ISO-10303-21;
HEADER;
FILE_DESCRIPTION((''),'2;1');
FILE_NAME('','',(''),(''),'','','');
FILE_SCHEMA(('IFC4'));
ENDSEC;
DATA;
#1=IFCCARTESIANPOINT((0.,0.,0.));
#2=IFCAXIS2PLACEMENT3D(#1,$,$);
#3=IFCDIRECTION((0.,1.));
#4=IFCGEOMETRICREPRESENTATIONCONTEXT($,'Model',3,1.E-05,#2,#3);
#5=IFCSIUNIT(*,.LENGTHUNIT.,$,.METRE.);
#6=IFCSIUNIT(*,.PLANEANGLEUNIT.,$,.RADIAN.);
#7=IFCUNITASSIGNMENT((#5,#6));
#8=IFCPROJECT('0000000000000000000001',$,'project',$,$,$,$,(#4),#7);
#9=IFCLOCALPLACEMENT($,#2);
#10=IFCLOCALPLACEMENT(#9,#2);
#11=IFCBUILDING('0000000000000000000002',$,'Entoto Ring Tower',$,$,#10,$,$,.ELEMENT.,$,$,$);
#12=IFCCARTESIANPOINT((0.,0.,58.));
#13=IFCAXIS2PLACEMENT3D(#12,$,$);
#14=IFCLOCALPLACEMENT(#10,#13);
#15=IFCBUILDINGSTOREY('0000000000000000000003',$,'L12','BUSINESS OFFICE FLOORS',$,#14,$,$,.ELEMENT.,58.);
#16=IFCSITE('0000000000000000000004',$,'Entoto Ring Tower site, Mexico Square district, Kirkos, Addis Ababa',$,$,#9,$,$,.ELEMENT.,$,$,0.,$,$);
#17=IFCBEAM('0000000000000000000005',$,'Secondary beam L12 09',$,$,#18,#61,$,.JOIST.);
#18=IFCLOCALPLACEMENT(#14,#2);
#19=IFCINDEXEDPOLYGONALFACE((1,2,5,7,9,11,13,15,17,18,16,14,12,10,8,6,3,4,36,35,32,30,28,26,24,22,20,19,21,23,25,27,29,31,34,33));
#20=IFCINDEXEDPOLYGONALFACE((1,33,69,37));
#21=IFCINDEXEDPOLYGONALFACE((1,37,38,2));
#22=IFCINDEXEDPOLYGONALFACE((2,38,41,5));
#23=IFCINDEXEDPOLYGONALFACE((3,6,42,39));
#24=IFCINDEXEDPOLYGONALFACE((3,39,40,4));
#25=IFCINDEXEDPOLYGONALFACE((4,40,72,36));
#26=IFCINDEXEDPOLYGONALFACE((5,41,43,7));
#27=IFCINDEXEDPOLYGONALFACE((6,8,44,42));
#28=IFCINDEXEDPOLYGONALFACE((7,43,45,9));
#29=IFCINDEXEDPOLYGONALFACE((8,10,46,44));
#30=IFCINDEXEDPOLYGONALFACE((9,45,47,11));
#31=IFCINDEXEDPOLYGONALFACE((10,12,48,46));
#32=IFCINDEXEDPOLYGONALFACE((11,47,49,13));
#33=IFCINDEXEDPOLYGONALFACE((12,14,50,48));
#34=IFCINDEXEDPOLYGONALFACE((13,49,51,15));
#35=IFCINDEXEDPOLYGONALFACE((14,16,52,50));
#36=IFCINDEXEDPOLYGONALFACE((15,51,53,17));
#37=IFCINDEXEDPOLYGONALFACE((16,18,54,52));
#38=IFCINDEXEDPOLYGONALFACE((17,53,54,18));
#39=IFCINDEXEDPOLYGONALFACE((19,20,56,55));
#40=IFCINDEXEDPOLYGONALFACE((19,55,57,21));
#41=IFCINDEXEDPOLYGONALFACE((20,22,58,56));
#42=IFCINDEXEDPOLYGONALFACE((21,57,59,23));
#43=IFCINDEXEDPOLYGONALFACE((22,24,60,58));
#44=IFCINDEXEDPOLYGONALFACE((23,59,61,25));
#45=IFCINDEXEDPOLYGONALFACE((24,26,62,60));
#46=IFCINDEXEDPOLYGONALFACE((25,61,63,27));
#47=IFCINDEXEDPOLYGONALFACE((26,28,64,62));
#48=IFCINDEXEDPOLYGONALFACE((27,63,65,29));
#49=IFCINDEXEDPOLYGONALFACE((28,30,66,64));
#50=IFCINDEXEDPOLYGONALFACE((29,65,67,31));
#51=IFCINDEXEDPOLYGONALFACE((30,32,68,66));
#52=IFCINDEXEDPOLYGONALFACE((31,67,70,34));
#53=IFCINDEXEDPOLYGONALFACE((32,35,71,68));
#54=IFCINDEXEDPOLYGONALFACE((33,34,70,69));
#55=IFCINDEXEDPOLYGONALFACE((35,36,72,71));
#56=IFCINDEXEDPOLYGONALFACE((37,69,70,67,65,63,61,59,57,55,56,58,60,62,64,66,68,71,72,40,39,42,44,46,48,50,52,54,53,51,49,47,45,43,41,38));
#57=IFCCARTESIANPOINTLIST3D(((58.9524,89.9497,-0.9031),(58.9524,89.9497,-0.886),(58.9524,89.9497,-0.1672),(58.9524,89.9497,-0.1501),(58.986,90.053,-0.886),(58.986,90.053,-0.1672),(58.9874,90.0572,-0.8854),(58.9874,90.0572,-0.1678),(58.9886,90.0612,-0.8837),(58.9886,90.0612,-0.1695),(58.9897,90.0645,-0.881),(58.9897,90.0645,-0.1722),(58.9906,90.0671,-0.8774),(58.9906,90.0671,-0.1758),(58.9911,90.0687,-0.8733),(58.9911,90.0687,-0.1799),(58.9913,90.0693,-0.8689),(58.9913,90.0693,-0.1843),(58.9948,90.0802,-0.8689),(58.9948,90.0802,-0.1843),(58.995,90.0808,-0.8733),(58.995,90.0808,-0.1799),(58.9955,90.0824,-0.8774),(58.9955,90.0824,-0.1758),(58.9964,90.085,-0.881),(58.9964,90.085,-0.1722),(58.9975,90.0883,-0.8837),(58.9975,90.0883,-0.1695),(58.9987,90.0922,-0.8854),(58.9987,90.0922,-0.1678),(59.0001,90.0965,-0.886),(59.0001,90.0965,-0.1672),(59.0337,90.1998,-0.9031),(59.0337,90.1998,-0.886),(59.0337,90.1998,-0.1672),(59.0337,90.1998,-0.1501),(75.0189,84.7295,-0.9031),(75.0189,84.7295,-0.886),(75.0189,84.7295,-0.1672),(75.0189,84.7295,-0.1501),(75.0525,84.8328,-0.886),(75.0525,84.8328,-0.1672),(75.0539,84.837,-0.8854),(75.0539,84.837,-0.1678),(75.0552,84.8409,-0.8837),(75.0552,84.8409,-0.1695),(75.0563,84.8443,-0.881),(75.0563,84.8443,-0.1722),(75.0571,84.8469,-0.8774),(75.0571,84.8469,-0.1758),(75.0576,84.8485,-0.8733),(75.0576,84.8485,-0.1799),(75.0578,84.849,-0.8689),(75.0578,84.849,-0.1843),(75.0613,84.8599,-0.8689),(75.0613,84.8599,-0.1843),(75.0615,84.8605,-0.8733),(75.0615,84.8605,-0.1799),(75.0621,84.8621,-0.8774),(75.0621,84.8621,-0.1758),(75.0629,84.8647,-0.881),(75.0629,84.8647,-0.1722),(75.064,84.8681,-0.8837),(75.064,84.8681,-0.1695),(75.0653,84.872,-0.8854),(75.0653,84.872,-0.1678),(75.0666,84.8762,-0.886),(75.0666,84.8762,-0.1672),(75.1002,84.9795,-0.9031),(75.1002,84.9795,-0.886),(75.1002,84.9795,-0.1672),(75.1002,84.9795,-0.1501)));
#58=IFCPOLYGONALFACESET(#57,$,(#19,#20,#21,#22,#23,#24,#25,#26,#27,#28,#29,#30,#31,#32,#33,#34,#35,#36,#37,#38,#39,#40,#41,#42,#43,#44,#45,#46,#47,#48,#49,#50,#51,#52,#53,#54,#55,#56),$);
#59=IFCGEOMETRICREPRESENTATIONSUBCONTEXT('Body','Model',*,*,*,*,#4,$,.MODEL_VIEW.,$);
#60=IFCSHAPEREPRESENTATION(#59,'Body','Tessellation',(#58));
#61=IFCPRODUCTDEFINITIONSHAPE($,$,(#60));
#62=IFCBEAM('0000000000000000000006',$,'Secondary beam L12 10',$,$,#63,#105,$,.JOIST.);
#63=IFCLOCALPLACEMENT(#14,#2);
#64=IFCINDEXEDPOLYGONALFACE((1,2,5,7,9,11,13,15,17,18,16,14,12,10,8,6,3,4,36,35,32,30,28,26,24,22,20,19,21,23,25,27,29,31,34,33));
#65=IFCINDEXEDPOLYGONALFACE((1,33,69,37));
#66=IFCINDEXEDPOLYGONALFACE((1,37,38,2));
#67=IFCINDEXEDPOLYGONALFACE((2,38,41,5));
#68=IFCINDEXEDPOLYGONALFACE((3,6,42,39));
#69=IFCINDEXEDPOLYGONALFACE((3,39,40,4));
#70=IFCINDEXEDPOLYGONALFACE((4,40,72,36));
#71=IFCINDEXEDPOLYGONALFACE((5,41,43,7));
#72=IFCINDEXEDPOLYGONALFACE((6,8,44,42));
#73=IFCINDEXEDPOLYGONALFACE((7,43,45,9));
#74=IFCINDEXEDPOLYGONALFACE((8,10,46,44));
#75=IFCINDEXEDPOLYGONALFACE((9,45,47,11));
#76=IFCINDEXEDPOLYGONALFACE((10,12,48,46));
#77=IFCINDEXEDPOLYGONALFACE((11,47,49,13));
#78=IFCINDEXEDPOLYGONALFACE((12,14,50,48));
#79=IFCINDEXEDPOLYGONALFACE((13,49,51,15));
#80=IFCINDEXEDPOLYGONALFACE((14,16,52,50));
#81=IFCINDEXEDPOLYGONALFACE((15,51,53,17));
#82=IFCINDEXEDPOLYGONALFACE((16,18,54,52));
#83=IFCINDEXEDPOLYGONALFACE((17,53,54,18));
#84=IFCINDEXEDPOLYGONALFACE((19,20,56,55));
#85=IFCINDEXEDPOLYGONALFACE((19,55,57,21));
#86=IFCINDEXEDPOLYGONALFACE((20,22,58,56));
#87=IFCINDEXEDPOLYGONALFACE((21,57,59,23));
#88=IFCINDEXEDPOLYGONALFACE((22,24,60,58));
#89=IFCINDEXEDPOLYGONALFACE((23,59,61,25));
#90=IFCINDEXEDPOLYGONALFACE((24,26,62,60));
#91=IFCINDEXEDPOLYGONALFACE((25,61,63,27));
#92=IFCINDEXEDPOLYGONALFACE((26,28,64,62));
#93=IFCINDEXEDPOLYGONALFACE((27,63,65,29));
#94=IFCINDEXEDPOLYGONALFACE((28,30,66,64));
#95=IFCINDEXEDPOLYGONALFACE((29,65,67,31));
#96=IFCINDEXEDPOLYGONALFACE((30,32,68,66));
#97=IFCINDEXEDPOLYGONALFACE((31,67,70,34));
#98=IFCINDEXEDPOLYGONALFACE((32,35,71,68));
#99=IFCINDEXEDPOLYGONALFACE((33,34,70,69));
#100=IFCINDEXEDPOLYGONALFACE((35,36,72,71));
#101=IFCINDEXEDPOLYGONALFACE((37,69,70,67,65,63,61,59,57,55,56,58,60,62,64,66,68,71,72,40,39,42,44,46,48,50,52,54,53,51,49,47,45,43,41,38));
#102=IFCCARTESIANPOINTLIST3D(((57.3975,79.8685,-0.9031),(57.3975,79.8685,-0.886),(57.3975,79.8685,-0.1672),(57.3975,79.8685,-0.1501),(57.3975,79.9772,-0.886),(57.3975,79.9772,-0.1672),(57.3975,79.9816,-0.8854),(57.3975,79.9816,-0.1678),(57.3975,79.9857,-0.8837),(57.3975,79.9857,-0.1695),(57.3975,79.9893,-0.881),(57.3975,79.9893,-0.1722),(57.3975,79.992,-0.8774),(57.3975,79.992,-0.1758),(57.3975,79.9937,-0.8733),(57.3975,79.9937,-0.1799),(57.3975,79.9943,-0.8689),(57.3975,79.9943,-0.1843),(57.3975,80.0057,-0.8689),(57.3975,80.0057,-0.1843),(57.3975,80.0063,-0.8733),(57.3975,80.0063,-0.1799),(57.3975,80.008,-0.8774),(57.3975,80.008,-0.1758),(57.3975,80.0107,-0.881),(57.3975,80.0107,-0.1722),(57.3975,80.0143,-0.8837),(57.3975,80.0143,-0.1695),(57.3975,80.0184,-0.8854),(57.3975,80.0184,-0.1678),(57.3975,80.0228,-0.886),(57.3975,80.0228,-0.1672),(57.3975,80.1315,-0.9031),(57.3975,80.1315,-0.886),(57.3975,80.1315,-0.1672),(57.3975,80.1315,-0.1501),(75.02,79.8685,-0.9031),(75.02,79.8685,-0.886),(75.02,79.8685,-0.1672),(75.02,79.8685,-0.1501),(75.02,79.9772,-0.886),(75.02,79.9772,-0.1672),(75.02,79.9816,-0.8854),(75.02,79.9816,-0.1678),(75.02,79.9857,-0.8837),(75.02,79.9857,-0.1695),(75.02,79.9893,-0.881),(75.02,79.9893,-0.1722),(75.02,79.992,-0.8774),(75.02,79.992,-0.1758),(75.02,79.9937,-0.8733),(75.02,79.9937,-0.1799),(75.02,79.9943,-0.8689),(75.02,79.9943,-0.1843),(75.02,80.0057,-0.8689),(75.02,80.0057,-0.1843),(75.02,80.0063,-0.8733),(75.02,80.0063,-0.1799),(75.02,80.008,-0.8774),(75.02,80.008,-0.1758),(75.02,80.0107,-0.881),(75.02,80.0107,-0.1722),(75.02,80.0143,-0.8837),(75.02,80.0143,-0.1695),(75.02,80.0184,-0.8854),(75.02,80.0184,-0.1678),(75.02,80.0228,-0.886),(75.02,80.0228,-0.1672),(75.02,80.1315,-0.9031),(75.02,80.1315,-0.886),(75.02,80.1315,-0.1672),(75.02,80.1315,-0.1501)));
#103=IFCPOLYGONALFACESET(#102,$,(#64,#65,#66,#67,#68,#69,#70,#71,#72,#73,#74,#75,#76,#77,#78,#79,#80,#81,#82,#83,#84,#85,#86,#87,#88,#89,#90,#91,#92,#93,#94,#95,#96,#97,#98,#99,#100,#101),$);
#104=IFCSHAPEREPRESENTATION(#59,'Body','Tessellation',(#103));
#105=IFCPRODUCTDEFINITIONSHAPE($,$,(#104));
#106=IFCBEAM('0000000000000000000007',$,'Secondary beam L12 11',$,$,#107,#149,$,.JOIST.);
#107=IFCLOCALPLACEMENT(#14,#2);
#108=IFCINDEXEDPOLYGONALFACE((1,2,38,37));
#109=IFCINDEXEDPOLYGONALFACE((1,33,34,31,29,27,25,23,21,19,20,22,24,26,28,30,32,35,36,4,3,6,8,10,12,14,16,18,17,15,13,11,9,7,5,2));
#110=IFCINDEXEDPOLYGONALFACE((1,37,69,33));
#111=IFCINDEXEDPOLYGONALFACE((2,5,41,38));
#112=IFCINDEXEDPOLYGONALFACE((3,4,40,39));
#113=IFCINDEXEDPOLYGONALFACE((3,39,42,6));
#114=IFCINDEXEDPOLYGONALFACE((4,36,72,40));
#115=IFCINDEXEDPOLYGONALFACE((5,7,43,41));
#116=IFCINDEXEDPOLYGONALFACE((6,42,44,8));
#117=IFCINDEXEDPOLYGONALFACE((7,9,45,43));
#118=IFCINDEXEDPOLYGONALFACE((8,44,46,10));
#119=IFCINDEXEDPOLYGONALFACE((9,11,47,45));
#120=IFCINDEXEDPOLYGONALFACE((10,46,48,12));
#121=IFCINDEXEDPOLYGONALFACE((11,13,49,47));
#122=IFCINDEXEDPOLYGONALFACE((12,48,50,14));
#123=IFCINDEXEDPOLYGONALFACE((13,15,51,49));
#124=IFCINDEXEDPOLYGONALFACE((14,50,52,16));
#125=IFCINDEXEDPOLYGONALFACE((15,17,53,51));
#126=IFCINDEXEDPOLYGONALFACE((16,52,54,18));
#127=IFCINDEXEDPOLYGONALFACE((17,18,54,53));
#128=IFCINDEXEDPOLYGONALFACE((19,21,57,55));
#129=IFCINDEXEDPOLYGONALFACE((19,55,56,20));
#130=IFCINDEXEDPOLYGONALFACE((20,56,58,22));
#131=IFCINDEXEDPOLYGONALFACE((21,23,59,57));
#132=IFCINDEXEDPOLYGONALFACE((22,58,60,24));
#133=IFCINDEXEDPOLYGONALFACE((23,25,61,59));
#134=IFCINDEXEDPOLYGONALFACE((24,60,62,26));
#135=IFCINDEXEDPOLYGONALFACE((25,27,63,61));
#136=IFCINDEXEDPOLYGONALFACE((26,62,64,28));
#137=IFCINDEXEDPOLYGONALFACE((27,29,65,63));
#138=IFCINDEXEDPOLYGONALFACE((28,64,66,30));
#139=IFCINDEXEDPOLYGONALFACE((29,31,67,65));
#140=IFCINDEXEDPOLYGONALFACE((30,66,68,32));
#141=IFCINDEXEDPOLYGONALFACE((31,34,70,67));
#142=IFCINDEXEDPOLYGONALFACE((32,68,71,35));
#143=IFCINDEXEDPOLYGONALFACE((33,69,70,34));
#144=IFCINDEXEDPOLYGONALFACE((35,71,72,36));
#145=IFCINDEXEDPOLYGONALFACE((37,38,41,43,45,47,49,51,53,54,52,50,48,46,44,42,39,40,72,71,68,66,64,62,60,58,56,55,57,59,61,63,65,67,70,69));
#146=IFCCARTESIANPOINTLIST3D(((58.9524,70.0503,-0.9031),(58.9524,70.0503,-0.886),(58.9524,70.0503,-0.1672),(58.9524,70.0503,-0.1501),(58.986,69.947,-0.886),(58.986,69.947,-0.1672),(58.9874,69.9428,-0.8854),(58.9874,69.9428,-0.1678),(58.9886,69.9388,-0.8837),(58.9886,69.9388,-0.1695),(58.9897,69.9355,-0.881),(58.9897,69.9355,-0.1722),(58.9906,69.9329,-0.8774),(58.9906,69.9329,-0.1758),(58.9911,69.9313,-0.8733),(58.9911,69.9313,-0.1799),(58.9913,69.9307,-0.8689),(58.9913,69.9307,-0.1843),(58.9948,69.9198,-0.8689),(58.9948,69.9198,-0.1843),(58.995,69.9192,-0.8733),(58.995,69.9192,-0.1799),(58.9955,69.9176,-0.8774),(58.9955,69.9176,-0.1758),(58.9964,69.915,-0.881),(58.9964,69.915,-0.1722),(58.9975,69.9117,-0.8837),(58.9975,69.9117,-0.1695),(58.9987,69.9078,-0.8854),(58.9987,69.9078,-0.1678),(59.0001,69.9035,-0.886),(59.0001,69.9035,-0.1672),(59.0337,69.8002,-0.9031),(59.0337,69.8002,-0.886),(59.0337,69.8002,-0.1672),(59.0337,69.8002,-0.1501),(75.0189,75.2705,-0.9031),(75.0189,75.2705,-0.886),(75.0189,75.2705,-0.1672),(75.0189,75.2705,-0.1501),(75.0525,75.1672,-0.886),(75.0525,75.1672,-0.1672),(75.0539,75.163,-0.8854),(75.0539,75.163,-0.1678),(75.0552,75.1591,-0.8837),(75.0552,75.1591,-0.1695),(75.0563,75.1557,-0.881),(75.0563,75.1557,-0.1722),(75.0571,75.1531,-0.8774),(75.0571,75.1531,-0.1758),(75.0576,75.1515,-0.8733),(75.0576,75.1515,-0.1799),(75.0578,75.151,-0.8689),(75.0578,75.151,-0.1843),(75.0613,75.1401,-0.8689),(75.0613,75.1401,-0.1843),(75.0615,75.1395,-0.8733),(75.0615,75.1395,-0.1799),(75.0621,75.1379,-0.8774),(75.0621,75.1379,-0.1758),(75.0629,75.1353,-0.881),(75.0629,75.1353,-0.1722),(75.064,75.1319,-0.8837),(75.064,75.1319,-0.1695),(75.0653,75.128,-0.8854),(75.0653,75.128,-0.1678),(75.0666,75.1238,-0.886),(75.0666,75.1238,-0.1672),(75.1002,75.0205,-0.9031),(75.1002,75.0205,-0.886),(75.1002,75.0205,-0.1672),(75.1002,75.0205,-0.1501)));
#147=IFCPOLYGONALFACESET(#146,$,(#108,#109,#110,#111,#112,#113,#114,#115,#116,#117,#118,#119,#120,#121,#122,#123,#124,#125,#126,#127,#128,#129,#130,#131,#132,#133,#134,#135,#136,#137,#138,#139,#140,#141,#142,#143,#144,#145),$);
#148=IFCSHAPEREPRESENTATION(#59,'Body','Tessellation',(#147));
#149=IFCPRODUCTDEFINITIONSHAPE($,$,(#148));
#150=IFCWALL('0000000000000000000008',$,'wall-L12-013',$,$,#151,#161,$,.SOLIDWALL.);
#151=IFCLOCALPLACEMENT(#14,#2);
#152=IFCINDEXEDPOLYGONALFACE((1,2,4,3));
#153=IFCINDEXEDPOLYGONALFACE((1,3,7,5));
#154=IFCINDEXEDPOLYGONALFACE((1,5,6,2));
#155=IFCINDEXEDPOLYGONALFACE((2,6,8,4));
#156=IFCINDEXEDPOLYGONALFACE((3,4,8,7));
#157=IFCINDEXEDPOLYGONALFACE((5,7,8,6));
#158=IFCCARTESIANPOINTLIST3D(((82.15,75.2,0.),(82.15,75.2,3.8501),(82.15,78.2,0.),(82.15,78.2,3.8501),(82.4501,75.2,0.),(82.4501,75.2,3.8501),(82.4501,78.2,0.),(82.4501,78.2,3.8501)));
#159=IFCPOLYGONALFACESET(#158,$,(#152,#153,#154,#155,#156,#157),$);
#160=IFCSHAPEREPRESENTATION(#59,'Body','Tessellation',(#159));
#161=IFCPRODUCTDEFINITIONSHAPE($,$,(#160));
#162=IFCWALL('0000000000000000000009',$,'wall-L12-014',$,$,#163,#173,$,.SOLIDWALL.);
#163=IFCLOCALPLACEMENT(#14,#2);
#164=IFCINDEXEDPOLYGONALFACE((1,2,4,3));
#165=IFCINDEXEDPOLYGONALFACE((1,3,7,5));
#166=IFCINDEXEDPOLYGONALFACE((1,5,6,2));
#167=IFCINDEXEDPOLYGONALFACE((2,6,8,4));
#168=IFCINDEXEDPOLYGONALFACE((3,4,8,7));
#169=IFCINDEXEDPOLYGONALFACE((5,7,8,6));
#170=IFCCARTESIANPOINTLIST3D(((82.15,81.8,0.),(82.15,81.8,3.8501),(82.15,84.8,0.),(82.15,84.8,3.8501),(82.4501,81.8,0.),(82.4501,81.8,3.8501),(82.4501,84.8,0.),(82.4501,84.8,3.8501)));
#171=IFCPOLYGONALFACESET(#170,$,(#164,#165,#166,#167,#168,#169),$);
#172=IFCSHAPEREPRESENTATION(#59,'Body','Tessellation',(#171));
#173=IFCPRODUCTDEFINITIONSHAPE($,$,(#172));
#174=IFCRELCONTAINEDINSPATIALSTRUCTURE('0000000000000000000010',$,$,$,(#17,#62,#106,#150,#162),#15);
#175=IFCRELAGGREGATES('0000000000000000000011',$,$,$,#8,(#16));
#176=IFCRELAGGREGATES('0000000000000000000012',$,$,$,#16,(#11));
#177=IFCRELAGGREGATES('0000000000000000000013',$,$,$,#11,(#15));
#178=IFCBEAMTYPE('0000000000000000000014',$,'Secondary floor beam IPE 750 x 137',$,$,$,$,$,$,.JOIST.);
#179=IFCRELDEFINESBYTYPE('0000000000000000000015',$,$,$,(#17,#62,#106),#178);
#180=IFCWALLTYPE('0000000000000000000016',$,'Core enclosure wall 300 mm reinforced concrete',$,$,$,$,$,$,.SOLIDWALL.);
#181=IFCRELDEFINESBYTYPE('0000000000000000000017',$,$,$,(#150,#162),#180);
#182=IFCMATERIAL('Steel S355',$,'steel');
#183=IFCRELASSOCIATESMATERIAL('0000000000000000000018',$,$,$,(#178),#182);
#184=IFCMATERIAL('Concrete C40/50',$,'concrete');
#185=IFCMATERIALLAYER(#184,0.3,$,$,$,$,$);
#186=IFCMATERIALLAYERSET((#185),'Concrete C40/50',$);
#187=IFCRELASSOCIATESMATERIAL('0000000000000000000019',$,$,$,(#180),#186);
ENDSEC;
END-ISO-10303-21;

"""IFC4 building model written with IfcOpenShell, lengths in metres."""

from ifc_helpers import new_model, si_unit, direction, frame, frame_2d, origin, origin_2d, place, context, subcontext, project, spatial, rectangle, i_section, extrude, material, layer, layer_set, material_profile, profile_set, type_object, element, save


model = new_model("IFC4")

# Units and contexts
model_context = context("Model", 3, precision=1e-05, world=origin(), true_north=direction((0.0, 1.0)))
body_context = subcontext(model_context, "Body", "Model", "MODEL_VIEW")
ifc_project = project(units=[si_unit("LENGTHUNIT", "METRE"), si_unit("PLANEANGLEUNIT", "RADIAN")], contexts=[model_context])

# Site, building, storey
site_placement = place(None, origin())
site = spatial("IfcSite", under=ifc_project, at=site_placement, Name="Entoto Ring Tower site, Mexico Square district, Kirkos, Addis Ababa", CompositionType="ELEMENT", RefElevation=0.0)
building_placement = place(site_placement, origin())
building = spatial("IfcBuilding", under=site, at=building_placement, Name="Entoto Ring Tower", CompositionType="ELEMENT")
storey_placement = place(building_placement, frame((0.0, 0.0, 58.0)))
storey = spatial("IfcBuildingStorey", under=building, at=storey_placement, Name="L12", Description="BUSINESS OFFICE FLOORS", CompositionType="ELEMENT", Elevation=58.0)

# Beams
ifc_material_1 = material(Name="Steel S355", Category="steel")
ifc_material_profile_1 = material_profile(ifc_material_1, i_section(OverallWidth=0.2629, OverallDepth=0.7529, WebThickness=0.0115, FlangeThickness=0.0171, FilletRadius=0.0171, at=origin_2d()), Name="IPE 750 x 137")
ifc_profile_set_1 = profile_set([ifc_material_profile_1], Name="Steel S355")
beam_type_1 = type_object("IfcBeamType", Name="Secondary floor beam IPE 750 x 137", PredefinedType="JOIST", material=ifc_profile_set_1)
beam_1_placement = place(storey_placement, frame((75.0596, 84.8545, -0.5266), z_axis=(-0.951058, 0.309013, 0.0), x_axis=(-0.309013, -0.951058, 0.0)))
element("IfcBeam", 1, at=beam_1_placement, inside=storey, type_object=beam_type_1, Name="Secondary beam L12 09", PredefinedType="JOIST", context=body_context, shape_type="SweptSolid", body=[
    extrude(i_section(OverallWidth=0.2629, OverallDepth=0.7529, WebThickness=0.0115, FlangeThickness=0.0171, FilletRadius=0.0171, at=origin_2d()), origin(), (0.0, 0.0, 1.0), 16.8933),
])
beam_2_placement = place(storey_placement, frame((75.02, 80.0, -0.5266), z_axis=(-1.0, 0.0, 0.0), x_axis=(0.0, -1.0, 0.0)))
element("IfcBeam", 2, at=beam_2_placement, inside=storey, type_object=beam_type_1, Name="Secondary beam L12 10", PredefinedType="JOIST", context=body_context, shape_type="SweptSolid", body=[
    extrude(i_section(OverallWidth=0.2629, OverallDepth=0.7529, WebThickness=0.0115, FlangeThickness=0.0171, FilletRadius=0.0171, at=origin_2d()), origin(), (0.0, 0.0, 1.0), 17.6226),
])
beam_3_placement = place(storey_placement, frame((75.0596, 75.1455, -0.5266), z_axis=(-0.951058, -0.309013, 0.0), x_axis=(0.309013, -0.951058, 0.0)))
element("IfcBeam", 3, at=beam_3_placement, inside=storey, type_object=beam_type_1, Name="Secondary beam L12 11", PredefinedType="JOIST", context=body_context, shape_type="SweptSolid", body=[
    extrude(i_section(OverallWidth=0.2629, OverallDepth=0.7529, WebThickness=0.0115, FlangeThickness=0.0171, FilletRadius=0.0171, at=origin_2d()), origin(), (0.0, 0.0, 1.0), 16.8933),
])

# Walls
ifc_material_2 = material(Name="Concrete C40/50", Category="concrete")
ifc_layer_1 = layer(ifc_material_2, 0.3)
ifc_layer_set_1 = layer_set([ifc_layer_1], Name="Concrete C40/50")
wall_type_1 = type_object("IfcWallType", Name="Core enclosure wall 300 mm reinforced concrete", PredefinedType="SOLIDWALL", material=ifc_layer_set_1)
for number, where, z_axis, x_axis, name in (
    (4, (82.3, 75.2, 0.0), (0.0, 0.0, 1.0), (0.0, 1.0, 0.0), "wall-L12-013"),
    (5, (82.3, 81.8, 0.0), (0.0, 0.0, 1.0), (0.0, 1.0, 0.0), "wall-L12-014"),
):
    element("IfcWall", number, at=place(storey_placement, frame(where, z_axis=z_axis, x_axis=x_axis)), inside=storey, type_object=wall_type_1, Name=name, PredefinedType="SOLIDWALL", context=body_context, shape_type="SweptSolid", body=[
        extrude(rectangle(XDim=3.0, YDim=0.3, at=frame_2d((1.5, 0.0))), origin(), (0.0, 0.0, 1.0), 3.8501),
    ])

save(model, "model.ifc")
